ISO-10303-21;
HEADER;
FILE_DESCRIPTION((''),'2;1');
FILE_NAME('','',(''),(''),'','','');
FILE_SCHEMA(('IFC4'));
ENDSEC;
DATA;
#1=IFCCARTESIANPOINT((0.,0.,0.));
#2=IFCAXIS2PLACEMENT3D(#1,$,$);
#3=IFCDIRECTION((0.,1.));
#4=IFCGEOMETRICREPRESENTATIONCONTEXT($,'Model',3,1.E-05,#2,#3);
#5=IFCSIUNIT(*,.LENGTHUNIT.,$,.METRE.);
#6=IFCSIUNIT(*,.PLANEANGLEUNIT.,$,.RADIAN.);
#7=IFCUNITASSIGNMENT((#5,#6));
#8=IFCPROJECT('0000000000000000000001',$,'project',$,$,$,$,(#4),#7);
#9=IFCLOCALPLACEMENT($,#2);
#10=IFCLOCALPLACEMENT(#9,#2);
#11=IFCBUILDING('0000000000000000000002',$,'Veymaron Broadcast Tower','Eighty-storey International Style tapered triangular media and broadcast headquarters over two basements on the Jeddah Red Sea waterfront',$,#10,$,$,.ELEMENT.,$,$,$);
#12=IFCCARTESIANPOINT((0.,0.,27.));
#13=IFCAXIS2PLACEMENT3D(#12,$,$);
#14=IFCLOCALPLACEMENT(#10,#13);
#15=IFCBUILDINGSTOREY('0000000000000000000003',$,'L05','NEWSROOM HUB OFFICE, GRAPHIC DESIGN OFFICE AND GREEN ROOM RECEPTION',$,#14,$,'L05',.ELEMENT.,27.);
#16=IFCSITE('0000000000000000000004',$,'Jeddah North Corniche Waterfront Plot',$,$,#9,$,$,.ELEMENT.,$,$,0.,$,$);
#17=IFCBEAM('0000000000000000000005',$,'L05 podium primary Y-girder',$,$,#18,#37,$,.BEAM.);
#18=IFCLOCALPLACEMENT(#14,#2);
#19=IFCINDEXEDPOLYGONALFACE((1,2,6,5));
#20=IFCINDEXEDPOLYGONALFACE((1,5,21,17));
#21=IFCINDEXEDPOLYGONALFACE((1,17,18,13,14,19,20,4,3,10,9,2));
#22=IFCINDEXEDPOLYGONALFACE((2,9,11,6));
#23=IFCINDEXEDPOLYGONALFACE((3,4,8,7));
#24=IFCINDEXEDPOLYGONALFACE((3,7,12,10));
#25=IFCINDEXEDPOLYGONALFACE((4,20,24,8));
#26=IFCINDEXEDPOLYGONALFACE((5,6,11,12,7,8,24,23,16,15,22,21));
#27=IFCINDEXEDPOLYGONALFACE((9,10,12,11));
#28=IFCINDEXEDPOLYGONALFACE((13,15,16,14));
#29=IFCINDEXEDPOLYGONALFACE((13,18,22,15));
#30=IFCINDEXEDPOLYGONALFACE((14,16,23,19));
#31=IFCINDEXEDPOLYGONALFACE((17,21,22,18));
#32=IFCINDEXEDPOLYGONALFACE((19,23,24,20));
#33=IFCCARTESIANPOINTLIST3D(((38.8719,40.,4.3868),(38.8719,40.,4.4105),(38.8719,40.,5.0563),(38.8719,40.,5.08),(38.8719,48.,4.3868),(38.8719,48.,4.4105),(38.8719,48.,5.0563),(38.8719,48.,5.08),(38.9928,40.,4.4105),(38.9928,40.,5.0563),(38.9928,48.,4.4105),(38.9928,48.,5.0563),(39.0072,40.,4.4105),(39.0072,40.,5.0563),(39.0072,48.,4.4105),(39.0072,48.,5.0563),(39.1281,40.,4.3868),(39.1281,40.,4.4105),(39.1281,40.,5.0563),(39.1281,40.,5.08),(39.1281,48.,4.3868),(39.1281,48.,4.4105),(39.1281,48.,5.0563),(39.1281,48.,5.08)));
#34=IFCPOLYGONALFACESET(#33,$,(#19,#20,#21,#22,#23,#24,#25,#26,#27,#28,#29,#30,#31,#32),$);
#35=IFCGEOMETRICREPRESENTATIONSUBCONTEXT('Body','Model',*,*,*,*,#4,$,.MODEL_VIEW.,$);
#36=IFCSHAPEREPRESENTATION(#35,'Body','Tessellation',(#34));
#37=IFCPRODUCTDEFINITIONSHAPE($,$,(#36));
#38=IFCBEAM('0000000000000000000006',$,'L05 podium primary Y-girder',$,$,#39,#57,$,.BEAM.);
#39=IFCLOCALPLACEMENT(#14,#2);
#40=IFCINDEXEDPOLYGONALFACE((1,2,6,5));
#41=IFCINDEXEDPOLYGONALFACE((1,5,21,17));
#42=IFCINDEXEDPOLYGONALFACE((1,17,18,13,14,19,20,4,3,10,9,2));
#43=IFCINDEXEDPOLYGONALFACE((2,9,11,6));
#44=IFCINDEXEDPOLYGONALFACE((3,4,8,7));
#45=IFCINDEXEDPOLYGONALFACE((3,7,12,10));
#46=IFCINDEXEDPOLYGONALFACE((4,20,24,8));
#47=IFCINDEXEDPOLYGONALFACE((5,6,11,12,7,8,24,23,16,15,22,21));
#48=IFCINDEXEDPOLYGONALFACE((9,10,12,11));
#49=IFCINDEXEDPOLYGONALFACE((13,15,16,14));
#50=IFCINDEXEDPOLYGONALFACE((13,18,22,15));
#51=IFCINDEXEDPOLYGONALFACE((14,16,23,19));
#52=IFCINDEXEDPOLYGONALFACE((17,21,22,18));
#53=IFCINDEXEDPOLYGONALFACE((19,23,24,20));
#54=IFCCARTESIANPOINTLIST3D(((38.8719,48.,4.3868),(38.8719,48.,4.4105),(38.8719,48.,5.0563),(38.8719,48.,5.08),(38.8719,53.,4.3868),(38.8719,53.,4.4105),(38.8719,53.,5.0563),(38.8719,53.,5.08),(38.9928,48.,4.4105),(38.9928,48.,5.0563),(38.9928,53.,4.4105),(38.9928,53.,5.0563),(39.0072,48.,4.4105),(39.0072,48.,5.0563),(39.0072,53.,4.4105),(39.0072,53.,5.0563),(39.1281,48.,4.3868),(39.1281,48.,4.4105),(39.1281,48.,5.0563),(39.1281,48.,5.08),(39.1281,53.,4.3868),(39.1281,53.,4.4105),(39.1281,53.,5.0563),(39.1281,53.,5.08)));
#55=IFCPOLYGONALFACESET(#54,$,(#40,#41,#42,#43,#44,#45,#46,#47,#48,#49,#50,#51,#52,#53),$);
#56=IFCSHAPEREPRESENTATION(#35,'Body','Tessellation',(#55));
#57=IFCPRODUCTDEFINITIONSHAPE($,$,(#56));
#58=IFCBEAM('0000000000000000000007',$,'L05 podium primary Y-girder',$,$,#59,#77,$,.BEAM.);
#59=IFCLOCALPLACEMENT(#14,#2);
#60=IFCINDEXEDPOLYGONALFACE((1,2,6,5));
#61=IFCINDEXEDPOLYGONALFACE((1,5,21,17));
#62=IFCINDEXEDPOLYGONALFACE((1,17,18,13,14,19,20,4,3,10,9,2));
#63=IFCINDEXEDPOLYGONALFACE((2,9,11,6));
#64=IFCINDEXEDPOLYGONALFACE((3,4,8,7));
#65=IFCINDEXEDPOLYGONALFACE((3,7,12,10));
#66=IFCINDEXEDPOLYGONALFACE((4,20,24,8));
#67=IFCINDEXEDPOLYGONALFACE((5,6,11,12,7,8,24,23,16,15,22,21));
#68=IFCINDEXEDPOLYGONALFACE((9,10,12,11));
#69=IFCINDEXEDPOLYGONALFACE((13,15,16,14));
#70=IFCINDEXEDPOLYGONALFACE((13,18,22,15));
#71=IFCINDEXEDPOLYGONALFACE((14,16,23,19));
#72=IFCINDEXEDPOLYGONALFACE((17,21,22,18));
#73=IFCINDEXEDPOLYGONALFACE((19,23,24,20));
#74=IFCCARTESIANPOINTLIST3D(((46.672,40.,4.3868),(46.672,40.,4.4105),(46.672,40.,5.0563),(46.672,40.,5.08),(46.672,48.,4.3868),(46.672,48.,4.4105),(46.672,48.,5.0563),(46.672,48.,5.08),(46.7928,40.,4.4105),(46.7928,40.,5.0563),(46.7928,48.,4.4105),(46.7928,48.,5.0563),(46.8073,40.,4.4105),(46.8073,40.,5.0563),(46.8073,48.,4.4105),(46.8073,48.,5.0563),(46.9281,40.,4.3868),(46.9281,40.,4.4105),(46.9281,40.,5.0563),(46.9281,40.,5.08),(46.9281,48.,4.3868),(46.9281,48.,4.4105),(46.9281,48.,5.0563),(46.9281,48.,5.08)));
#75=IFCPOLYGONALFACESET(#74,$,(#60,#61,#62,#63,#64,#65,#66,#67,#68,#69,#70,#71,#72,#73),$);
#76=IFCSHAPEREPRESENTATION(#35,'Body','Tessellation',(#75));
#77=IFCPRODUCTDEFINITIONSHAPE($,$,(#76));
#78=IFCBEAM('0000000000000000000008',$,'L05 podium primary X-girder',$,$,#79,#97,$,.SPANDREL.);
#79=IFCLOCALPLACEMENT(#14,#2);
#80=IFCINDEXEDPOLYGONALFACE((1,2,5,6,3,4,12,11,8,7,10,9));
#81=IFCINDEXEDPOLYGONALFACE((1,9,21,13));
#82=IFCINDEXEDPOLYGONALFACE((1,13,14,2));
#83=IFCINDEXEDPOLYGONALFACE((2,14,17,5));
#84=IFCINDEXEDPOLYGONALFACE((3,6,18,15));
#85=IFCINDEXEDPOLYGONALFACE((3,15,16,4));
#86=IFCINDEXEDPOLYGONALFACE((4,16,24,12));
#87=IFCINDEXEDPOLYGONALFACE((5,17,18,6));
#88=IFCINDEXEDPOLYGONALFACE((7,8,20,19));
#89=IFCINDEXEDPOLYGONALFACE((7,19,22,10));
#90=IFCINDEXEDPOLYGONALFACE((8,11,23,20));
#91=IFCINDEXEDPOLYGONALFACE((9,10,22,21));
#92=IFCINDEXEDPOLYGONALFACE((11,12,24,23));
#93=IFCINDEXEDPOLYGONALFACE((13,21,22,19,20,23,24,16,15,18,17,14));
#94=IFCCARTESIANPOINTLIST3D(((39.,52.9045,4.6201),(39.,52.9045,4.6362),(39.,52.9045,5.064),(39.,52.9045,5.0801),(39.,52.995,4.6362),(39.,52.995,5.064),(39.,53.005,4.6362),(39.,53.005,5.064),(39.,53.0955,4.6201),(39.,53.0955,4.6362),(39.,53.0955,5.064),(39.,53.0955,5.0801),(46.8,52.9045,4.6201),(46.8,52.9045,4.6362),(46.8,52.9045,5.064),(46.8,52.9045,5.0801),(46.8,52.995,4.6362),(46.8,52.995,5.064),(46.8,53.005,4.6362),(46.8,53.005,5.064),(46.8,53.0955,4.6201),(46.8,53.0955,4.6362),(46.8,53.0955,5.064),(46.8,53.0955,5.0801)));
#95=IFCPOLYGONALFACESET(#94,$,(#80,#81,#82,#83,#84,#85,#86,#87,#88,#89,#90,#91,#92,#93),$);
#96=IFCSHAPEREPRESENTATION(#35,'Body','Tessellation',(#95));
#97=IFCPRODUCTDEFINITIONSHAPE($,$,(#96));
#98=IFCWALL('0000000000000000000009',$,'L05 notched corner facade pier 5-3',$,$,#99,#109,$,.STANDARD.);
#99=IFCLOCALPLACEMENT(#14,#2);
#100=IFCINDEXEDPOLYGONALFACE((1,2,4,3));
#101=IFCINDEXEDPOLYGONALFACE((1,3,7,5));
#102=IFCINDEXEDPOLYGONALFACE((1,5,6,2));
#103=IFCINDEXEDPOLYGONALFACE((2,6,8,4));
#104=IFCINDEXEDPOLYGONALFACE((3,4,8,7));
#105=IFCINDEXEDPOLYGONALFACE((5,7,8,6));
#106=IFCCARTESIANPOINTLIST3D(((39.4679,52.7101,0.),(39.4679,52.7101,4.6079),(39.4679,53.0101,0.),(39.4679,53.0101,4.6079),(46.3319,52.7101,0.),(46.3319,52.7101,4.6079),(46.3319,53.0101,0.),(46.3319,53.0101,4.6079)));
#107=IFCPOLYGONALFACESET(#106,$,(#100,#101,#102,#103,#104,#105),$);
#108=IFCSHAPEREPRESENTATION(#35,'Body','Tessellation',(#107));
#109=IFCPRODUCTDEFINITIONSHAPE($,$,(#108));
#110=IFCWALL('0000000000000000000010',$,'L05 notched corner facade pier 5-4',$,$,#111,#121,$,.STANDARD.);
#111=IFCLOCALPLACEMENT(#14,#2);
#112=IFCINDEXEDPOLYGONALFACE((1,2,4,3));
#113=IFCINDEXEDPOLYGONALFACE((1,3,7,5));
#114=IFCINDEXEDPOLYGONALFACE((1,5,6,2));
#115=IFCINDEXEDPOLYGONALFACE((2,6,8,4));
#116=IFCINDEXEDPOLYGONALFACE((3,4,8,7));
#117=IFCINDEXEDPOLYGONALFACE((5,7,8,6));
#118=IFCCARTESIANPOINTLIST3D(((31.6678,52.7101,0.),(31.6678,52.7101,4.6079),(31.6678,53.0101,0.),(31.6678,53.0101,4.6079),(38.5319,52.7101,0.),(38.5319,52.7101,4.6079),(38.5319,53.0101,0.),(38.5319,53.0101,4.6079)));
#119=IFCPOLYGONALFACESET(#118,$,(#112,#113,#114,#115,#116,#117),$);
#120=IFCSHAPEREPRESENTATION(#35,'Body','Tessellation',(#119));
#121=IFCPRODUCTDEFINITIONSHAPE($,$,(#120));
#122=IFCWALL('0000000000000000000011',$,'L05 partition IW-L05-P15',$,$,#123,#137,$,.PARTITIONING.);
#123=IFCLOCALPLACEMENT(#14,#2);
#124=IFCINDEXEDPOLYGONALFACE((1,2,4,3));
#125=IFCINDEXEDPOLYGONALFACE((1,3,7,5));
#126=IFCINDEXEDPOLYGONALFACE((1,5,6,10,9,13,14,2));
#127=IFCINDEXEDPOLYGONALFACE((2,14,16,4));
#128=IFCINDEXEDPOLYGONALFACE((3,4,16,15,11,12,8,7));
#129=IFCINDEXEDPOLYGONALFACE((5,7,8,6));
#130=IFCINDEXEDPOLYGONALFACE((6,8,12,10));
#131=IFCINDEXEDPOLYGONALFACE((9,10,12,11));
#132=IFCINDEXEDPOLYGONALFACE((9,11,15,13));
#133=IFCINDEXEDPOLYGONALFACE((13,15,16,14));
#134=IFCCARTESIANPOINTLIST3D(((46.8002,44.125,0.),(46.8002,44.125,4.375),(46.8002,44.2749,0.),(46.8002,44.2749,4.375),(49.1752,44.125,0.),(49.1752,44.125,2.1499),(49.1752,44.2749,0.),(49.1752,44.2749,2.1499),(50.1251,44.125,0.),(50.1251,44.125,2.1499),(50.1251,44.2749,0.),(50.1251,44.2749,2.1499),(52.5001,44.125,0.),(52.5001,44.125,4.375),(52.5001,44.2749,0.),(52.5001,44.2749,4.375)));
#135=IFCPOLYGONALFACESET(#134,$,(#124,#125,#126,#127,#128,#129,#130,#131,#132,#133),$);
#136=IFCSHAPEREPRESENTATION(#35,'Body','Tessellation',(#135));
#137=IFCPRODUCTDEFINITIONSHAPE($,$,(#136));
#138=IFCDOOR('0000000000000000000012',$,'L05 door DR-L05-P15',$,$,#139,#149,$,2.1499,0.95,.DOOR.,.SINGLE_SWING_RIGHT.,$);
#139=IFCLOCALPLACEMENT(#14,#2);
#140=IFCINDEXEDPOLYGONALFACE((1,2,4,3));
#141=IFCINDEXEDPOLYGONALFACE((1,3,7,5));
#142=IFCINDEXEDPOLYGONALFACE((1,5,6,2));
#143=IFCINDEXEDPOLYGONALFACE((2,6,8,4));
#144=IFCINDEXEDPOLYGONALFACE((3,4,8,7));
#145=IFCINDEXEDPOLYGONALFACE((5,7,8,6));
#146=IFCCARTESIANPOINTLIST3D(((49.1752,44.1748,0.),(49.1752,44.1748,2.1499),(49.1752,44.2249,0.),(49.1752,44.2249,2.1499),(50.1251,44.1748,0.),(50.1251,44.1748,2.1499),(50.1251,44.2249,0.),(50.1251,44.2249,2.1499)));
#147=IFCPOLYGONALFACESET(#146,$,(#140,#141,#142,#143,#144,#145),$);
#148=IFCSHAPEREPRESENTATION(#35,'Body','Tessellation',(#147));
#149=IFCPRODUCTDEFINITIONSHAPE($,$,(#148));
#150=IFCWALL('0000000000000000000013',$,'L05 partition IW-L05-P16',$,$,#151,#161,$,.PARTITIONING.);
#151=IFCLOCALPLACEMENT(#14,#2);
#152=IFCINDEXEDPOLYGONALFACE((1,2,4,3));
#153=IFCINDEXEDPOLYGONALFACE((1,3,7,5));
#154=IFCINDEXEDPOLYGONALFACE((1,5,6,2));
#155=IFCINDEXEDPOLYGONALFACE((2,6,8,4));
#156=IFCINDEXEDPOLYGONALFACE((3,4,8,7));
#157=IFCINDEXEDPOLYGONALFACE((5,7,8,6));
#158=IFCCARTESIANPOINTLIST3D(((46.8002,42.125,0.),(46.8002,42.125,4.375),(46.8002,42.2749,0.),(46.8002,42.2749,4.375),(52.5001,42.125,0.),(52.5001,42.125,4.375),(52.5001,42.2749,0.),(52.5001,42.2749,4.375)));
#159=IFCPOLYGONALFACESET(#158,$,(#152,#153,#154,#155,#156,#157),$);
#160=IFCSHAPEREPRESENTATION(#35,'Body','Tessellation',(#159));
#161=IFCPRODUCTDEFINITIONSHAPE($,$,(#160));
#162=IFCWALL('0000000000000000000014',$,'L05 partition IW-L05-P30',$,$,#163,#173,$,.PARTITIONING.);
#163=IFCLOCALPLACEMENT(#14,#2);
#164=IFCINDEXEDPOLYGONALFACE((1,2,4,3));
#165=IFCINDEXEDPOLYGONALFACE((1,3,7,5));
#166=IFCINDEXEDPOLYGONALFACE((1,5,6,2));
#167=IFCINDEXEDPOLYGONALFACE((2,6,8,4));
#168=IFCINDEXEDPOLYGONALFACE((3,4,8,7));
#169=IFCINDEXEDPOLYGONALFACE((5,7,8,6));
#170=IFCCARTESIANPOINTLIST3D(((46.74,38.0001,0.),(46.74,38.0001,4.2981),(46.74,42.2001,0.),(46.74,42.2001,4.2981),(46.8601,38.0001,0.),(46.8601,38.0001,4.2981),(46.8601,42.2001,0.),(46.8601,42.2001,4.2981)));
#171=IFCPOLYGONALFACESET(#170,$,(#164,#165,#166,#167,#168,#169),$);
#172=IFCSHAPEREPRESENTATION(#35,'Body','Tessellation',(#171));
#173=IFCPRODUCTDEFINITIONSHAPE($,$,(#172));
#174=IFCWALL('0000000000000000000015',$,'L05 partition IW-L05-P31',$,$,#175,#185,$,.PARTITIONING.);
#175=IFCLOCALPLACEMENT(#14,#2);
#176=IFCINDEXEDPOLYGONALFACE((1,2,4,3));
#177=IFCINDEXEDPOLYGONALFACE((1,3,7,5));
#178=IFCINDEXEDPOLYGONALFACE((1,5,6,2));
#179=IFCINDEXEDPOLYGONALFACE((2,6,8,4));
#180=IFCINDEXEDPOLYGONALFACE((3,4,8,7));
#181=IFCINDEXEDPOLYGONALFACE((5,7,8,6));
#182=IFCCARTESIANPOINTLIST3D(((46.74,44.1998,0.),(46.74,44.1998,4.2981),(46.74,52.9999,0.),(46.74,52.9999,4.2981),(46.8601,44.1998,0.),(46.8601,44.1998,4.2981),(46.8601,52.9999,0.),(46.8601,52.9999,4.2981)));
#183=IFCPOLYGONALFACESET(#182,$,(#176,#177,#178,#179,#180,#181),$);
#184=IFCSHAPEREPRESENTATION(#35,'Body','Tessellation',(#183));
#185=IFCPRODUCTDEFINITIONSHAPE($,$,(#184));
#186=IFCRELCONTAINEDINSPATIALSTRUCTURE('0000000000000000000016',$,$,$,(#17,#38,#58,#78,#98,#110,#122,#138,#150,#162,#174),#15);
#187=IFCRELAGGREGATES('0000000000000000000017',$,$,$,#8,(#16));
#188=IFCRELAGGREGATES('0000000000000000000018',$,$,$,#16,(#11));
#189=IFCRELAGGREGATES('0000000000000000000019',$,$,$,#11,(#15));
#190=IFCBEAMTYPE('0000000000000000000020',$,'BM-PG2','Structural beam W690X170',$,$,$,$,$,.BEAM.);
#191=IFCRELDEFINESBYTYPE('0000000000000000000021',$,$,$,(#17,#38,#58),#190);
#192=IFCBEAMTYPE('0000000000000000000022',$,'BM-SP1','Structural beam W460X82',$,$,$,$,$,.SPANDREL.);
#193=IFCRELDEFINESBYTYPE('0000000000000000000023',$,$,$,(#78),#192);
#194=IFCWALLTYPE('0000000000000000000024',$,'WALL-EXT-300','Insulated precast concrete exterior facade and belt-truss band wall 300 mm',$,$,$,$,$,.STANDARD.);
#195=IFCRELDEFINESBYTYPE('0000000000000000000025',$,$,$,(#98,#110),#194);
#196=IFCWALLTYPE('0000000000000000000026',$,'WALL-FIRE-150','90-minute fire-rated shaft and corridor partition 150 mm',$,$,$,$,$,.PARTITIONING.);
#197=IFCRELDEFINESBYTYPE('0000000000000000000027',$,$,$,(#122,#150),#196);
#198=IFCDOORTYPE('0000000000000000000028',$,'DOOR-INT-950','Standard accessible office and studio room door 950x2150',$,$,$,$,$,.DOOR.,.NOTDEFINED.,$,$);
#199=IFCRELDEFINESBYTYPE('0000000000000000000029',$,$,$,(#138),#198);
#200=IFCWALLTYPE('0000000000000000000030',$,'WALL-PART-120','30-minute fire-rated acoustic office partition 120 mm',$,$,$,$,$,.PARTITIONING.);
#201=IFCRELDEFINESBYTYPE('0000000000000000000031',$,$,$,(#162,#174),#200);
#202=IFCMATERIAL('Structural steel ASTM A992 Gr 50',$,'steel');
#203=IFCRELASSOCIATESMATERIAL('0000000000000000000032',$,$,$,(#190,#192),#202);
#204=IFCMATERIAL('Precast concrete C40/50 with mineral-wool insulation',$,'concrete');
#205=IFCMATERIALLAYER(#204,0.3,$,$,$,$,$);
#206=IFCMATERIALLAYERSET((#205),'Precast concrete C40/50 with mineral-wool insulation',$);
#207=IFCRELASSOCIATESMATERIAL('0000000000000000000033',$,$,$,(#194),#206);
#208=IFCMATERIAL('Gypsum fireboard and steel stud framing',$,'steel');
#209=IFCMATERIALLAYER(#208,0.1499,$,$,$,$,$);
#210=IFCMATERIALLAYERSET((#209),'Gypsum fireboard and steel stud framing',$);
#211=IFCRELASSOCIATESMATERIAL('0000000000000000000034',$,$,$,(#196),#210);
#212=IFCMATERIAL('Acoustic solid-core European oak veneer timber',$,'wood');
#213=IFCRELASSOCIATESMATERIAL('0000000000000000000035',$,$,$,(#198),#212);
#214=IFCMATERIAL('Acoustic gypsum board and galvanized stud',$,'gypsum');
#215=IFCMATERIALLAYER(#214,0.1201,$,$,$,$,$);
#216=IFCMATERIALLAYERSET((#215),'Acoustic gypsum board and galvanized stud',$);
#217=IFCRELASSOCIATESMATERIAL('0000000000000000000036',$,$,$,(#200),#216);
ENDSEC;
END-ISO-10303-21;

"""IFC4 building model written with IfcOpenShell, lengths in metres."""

from ifc_helpers import new_model, si_unit, direction, frame, frame_2d, origin, origin_2d, place, context, subcontext, project, spatial, rectangle, i_section, extrude, material, layer, layer_set, material_profile, profile_set, type_object, element, fill, save


model = new_model("IFC4")

# Units and contexts
model_context = context("Model", 3, precision=1e-05, world=origin(), true_north=direction((0.0, 1.0)))
body_context = subcontext(model_context, "Body", "Model", "MODEL_VIEW")
ifc_project = project(units=[si_unit("LENGTHUNIT", "METRE"), si_unit("PLANEANGLEUNIT", "RADIAN")], contexts=[model_context])

# Site, building, storey
site_placement = place(None, origin())
site = spatial("IfcSite", under=ifc_project, at=site_placement, Name="Jeddah North Corniche Waterfront Plot", CompositionType="ELEMENT", RefElevation=0.0)
building_placement = place(site_placement, origin())
building = spatial("IfcBuilding", under=site, at=building_placement, Name="Veymaron Broadcast Tower", Description="Eighty-storey International Style tapered triangular media and broadcast headquarters over two basements on the Jeddah Red Sea waterfront", CompositionType="ELEMENT")
storey_placement = place(building_placement, frame((0.0, 0.0, 27.0)))
storey = spatial("IfcBuildingStorey", under=building, at=storey_placement, Name="L05", Description="NEWSROOM HUB OFFICE, GRAPHIC DESIGN OFFICE AND GREEN ROOM RECEPTION", LongName="L05", CompositionType="ELEMENT", Elevation=27.0)

# Beams
ifc_material_1 = material(Name="Structural steel ASTM A992 Gr 50", Category="steel")
ifc_material_profile_1 = material_profile(ifc_material_1, i_section(OverallWidth=0.2561, OverallDepth=0.6931, WebThickness=0.0144, FlangeThickness=0.0237, at=origin_2d()), Name="W690X170")
ifc_profile_set_1 = profile_set([ifc_material_profile_1], Name="Structural steel ASTM A992 Gr 50")
beam_type_1 = type_object("IfcBeamType", Name="BM-PG2", Description="Structural beam W690X170", PredefinedType="BEAM", material=ifc_profile_set_1)
beam_1_placement = place(storey_placement, frame((39.0, 40.0, 4.7334), z_axis=(0.0, 1.0, 0.0), x_axis=(-1.0, 0.0, 0.0)))
element("IfcBeam", 1, at=beam_1_placement, inside=storey, type_object=beam_type_1, Name="L05 podium primary Y-girder", PredefinedType="BEAM", context=body_context, shape_type="SweptSolid", body=[
    extrude(i_section(OverallWidth=0.2561, OverallDepth=0.6931, WebThickness=0.0144, FlangeThickness=0.0237, at=origin_2d()), origin(), (0.0, 0.0, 1.0), 8.0),
])
beam_2_placement = place(storey_placement, frame((39.0, 48.0, 4.7334), z_axis=(0.0, 1.0, 0.0), x_axis=(-1.0, 0.0, 0.0)))
element("IfcBeam", 2, at=beam_2_placement, inside=storey, type_object=beam_type_1, Name="L05 podium primary Y-girder", PredefinedType="BEAM", context=body_context, shape_type="SweptSolid", body=[
    extrude(i_section(OverallWidth=0.2561, OverallDepth=0.6931, WebThickness=0.0144, FlangeThickness=0.0237, at=origin_2d()), origin(), (0.0, 0.0, 1.0), 5.0),
])
beam_3_placement = place(storey_placement, frame((46.8, 40.0, 4.7334), z_axis=(0.0, 1.0, 0.0), x_axis=(-1.0, 0.0, 0.0)))
element("IfcBeam", 3, at=beam_3_placement, inside=storey, type_object=beam_type_1, Name="L05 podium primary Y-girder", PredefinedType="BEAM", context=body_context, shape_type="SweptSolid", body=[
    extrude(i_section(OverallWidth=0.2561, OverallDepth=0.6931, WebThickness=0.0144, FlangeThickness=0.0237, at=origin_2d()), origin(), (0.0, 0.0, 1.0), 8.0),
])
ifc_material_profile_2 = material_profile(ifc_material_1, i_section(OverallWidth=0.1909, OverallDepth=0.46, WebThickness=0.01, FlangeThickness=0.0161, at=origin_2d()), Name="W460X82")
ifc_profile_set_2 = profile_set([ifc_material_profile_2], Name="Structural steel ASTM A992 Gr 50")
beam_type_2 = type_object("IfcBeamType", Name="BM-SP1", Description="Structural beam W460X82", PredefinedType="SPANDREL", material=ifc_profile_set_2)
beam_4_placement = place(storey_placement, frame((39.0, 53.0, 4.8501), z_axis=(1.0, 0.0, 0.0), x_axis=(0.0, 1.0, 0.0)))
element("IfcBeam", 4, at=beam_4_placement, inside=storey, type_object=beam_type_2, Name="L05 podium primary X-girder", PredefinedType="SPANDREL", context=body_context, shape_type="SweptSolid", body=[
    extrude(i_section(OverallWidth=0.1909, OverallDepth=0.46, WebThickness=0.01, FlangeThickness=0.0161, at=origin_2d()), origin(), (0.0, 0.0, 1.0), 7.8),
])

# Walls
ifc_material_2 = material(Name="Precast concrete C40/50 with mineral-wool insulation", Category="concrete")
ifc_layer_1 = layer(ifc_material_2, 0.3)
ifc_layer_set_1 = layer_set([ifc_layer_1], Name="Precast concrete C40/50 with mineral-wool insulation")
wall_type_1 = type_object("IfcWallType", Name="WALL-EXT-300", Description="Insulated precast concrete exterior facade and belt-truss band wall 300 mm", PredefinedType="STANDARD", material=ifc_layer_set_1)
for number, where, z_axis, x_axis, name in (
    (5, (46.332, 52.8601, 0.0), (0.0, 0.0, 1.0), (-1.0, 0.0, 0.0), "L05 notched corner facade pier 5-3"),
    (6, (38.532, 52.8601, 0.0), (0.0, 0.0, 1.0), (-1.0, 0.0, 0.0), "L05 notched corner facade pier 5-4"),
):
    element("IfcWall", number, at=place(storey_placement, frame(where, z_axis=z_axis, x_axis=x_axis)), inside=storey, type_object=wall_type_1, Name=name, PredefinedType="STANDARD", context=body_context, shape_type="SweptSolid", body=[
        extrude(rectangle(XDim=6.864, YDim=0.3, at=frame_2d((3.4321, 0.0))), origin(), (0.0, 0.0, 1.0), 4.6079),
    ])

# Wall, opening, door
ifc_material_3 = material(Name="Gypsum fireboard and steel stud framing", Category="steel")
ifc_layer_2 = layer(ifc_material_3, 0.1499)
ifc_layer_set_2 = layer_set([ifc_layer_2], Name="Gypsum fireboard and steel stud framing")
wall_type_2 = type_object("IfcWallType", Name="WALL-FIRE-150", Description="90-minute fire-rated shaft and corridor partition 150 mm", PredefinedType="PARTITIONING", material=ifc_layer_set_2)
wall_1_placement = place(storey_placement, frame((46.8, 44.2, 0.0), z_axis=(0.0, 0.0, 1.0), x_axis=(1.0, 0.0, 0.0)))
wall_1 = element("IfcWall", 7, at=wall_1_placement, inside=storey, type_object=wall_type_2, Name="L05 partition IW-L05-P15", PredefinedType="PARTITIONING", context=body_context, shape_type="SweptSolid", body=[
    extrude(rectangle(XDim=5.7, YDim=0.1499, at=frame_2d((2.8501, 0.0))), origin(), (0.0, 0.0, 1.0), 4.375),
])
opening_placement = place(wall_1_placement, frame((2.375, 0.0, 0.0)))
opening = element("IfcOpeningElement", 8, at=opening_placement, cuts=wall_1, PredefinedType="OPENING", context=body_context, shape_type="SweptSolid", body=[
    extrude(rectangle(XDim=0.95, YDim=2.1499, at=frame_2d((0.4751, 1.075))), frame((0.0, 0.085, 0.0), z_axis=(0.0, -1.0, 0.0), x_axis=(1.0, 0.0, 0.0)), (0.0, 0.0, 1.0), 0.1699),
])
ifc_material_4 = material(Name="Acoustic solid-core European oak veneer timber", Category="wood")
door_type = type_object("IfcDoorType", Name="DOOR-INT-950", Description="Standard accessible office and studio room door 950x2150", OperationType="NOTDEFINED", PredefinedType="DOOR", material=ifc_material_4)
door_placement = place(opening_placement, origin())
door = element("IfcDoor", 9, at=door_placement, inside=storey, type_object=door_type, Name="L05 door DR-L05-P15", OperationType="SINGLE_SWING_RIGHT", OverallHeight=2.1499, OverallWidth=0.95, PredefinedType="DOOR", context=body_context, shape_type="SweptSolid", body=[
    extrude(rectangle(XDim=0.95, YDim=2.1499, at=frame_2d((0.4751, 1.075))), frame((0.0, 0.0249, 0.0), z_axis=(0.0, -1.0, 0.0), x_axis=(1.0, 0.0, 0.0)), (0.0, 0.0, 1.0), 0.05),
])
fill(opening, door)

# Walls
wall_2_placement = place(storey_placement, frame((46.8, 42.2, 0.0), z_axis=(0.0, 0.0, 1.0), x_axis=(1.0, 0.0, 0.0)))
element("IfcWall", 10, at=wall_2_placement, inside=storey, type_object=wall_type_2, Name="L05 partition IW-L05-P16", PredefinedType="PARTITIONING", context=body_context, shape_type="SweptSolid", body=[
    extrude(rectangle(XDim=5.7, YDim=0.1499, at=frame_2d((2.8501, 0.0))), origin(), (0.0, 0.0, 1.0), 4.375),
])
ifc_material_5 = material(Name="Acoustic gypsum board and galvanized stud", Category="gypsum")
ifc_layer_3 = layer(ifc_material_5, 0.1201)
ifc_layer_set_3 = layer_set([ifc_layer_3], Name="Acoustic gypsum board and galvanized stud")
wall_type_3 = type_object("IfcWallType", Name="WALL-PART-120", Description="30-minute fire-rated acoustic office partition 120 mm", PredefinedType="PARTITIONING", material=ifc_layer_set_3)
wall_3_placement = place(storey_placement, frame((46.8, 38.0, 0.0), z_axis=(0.0, 0.0, 1.0), x_axis=(0.0, 1.0, 0.0)))
element("IfcWall", 11, at=wall_3_placement, inside=storey, type_object=wall_type_3, Name="L05 partition IW-L05-P30", PredefinedType="PARTITIONING", context=body_context, shape_type="SweptSolid", body=[
    extrude(rectangle(XDim=4.2, YDim=0.1201, at=frame_2d((2.1001, 0.0))), origin(), (0.0, 0.0, 1.0), 4.2981),
])
wall_4_placement = place(storey_placement, frame((46.8, 44.2, 0.0), z_axis=(0.0, 0.0, 1.0), x_axis=(0.0, 1.0, 0.0)))
element("IfcWall", 12, at=wall_4_placement, inside=storey, type_object=wall_type_3, Name="L05 partition IW-L05-P31", PredefinedType="PARTITIONING", context=body_context, shape_type="SweptSolid", body=[
    extrude(rectangle(XDim=8.8, YDim=0.1201, at=frame_2d((4.3999, 0.0))), origin(), (0.0, 0.0, 1.0), 4.2981),
])

save(model, "model.ifc")
